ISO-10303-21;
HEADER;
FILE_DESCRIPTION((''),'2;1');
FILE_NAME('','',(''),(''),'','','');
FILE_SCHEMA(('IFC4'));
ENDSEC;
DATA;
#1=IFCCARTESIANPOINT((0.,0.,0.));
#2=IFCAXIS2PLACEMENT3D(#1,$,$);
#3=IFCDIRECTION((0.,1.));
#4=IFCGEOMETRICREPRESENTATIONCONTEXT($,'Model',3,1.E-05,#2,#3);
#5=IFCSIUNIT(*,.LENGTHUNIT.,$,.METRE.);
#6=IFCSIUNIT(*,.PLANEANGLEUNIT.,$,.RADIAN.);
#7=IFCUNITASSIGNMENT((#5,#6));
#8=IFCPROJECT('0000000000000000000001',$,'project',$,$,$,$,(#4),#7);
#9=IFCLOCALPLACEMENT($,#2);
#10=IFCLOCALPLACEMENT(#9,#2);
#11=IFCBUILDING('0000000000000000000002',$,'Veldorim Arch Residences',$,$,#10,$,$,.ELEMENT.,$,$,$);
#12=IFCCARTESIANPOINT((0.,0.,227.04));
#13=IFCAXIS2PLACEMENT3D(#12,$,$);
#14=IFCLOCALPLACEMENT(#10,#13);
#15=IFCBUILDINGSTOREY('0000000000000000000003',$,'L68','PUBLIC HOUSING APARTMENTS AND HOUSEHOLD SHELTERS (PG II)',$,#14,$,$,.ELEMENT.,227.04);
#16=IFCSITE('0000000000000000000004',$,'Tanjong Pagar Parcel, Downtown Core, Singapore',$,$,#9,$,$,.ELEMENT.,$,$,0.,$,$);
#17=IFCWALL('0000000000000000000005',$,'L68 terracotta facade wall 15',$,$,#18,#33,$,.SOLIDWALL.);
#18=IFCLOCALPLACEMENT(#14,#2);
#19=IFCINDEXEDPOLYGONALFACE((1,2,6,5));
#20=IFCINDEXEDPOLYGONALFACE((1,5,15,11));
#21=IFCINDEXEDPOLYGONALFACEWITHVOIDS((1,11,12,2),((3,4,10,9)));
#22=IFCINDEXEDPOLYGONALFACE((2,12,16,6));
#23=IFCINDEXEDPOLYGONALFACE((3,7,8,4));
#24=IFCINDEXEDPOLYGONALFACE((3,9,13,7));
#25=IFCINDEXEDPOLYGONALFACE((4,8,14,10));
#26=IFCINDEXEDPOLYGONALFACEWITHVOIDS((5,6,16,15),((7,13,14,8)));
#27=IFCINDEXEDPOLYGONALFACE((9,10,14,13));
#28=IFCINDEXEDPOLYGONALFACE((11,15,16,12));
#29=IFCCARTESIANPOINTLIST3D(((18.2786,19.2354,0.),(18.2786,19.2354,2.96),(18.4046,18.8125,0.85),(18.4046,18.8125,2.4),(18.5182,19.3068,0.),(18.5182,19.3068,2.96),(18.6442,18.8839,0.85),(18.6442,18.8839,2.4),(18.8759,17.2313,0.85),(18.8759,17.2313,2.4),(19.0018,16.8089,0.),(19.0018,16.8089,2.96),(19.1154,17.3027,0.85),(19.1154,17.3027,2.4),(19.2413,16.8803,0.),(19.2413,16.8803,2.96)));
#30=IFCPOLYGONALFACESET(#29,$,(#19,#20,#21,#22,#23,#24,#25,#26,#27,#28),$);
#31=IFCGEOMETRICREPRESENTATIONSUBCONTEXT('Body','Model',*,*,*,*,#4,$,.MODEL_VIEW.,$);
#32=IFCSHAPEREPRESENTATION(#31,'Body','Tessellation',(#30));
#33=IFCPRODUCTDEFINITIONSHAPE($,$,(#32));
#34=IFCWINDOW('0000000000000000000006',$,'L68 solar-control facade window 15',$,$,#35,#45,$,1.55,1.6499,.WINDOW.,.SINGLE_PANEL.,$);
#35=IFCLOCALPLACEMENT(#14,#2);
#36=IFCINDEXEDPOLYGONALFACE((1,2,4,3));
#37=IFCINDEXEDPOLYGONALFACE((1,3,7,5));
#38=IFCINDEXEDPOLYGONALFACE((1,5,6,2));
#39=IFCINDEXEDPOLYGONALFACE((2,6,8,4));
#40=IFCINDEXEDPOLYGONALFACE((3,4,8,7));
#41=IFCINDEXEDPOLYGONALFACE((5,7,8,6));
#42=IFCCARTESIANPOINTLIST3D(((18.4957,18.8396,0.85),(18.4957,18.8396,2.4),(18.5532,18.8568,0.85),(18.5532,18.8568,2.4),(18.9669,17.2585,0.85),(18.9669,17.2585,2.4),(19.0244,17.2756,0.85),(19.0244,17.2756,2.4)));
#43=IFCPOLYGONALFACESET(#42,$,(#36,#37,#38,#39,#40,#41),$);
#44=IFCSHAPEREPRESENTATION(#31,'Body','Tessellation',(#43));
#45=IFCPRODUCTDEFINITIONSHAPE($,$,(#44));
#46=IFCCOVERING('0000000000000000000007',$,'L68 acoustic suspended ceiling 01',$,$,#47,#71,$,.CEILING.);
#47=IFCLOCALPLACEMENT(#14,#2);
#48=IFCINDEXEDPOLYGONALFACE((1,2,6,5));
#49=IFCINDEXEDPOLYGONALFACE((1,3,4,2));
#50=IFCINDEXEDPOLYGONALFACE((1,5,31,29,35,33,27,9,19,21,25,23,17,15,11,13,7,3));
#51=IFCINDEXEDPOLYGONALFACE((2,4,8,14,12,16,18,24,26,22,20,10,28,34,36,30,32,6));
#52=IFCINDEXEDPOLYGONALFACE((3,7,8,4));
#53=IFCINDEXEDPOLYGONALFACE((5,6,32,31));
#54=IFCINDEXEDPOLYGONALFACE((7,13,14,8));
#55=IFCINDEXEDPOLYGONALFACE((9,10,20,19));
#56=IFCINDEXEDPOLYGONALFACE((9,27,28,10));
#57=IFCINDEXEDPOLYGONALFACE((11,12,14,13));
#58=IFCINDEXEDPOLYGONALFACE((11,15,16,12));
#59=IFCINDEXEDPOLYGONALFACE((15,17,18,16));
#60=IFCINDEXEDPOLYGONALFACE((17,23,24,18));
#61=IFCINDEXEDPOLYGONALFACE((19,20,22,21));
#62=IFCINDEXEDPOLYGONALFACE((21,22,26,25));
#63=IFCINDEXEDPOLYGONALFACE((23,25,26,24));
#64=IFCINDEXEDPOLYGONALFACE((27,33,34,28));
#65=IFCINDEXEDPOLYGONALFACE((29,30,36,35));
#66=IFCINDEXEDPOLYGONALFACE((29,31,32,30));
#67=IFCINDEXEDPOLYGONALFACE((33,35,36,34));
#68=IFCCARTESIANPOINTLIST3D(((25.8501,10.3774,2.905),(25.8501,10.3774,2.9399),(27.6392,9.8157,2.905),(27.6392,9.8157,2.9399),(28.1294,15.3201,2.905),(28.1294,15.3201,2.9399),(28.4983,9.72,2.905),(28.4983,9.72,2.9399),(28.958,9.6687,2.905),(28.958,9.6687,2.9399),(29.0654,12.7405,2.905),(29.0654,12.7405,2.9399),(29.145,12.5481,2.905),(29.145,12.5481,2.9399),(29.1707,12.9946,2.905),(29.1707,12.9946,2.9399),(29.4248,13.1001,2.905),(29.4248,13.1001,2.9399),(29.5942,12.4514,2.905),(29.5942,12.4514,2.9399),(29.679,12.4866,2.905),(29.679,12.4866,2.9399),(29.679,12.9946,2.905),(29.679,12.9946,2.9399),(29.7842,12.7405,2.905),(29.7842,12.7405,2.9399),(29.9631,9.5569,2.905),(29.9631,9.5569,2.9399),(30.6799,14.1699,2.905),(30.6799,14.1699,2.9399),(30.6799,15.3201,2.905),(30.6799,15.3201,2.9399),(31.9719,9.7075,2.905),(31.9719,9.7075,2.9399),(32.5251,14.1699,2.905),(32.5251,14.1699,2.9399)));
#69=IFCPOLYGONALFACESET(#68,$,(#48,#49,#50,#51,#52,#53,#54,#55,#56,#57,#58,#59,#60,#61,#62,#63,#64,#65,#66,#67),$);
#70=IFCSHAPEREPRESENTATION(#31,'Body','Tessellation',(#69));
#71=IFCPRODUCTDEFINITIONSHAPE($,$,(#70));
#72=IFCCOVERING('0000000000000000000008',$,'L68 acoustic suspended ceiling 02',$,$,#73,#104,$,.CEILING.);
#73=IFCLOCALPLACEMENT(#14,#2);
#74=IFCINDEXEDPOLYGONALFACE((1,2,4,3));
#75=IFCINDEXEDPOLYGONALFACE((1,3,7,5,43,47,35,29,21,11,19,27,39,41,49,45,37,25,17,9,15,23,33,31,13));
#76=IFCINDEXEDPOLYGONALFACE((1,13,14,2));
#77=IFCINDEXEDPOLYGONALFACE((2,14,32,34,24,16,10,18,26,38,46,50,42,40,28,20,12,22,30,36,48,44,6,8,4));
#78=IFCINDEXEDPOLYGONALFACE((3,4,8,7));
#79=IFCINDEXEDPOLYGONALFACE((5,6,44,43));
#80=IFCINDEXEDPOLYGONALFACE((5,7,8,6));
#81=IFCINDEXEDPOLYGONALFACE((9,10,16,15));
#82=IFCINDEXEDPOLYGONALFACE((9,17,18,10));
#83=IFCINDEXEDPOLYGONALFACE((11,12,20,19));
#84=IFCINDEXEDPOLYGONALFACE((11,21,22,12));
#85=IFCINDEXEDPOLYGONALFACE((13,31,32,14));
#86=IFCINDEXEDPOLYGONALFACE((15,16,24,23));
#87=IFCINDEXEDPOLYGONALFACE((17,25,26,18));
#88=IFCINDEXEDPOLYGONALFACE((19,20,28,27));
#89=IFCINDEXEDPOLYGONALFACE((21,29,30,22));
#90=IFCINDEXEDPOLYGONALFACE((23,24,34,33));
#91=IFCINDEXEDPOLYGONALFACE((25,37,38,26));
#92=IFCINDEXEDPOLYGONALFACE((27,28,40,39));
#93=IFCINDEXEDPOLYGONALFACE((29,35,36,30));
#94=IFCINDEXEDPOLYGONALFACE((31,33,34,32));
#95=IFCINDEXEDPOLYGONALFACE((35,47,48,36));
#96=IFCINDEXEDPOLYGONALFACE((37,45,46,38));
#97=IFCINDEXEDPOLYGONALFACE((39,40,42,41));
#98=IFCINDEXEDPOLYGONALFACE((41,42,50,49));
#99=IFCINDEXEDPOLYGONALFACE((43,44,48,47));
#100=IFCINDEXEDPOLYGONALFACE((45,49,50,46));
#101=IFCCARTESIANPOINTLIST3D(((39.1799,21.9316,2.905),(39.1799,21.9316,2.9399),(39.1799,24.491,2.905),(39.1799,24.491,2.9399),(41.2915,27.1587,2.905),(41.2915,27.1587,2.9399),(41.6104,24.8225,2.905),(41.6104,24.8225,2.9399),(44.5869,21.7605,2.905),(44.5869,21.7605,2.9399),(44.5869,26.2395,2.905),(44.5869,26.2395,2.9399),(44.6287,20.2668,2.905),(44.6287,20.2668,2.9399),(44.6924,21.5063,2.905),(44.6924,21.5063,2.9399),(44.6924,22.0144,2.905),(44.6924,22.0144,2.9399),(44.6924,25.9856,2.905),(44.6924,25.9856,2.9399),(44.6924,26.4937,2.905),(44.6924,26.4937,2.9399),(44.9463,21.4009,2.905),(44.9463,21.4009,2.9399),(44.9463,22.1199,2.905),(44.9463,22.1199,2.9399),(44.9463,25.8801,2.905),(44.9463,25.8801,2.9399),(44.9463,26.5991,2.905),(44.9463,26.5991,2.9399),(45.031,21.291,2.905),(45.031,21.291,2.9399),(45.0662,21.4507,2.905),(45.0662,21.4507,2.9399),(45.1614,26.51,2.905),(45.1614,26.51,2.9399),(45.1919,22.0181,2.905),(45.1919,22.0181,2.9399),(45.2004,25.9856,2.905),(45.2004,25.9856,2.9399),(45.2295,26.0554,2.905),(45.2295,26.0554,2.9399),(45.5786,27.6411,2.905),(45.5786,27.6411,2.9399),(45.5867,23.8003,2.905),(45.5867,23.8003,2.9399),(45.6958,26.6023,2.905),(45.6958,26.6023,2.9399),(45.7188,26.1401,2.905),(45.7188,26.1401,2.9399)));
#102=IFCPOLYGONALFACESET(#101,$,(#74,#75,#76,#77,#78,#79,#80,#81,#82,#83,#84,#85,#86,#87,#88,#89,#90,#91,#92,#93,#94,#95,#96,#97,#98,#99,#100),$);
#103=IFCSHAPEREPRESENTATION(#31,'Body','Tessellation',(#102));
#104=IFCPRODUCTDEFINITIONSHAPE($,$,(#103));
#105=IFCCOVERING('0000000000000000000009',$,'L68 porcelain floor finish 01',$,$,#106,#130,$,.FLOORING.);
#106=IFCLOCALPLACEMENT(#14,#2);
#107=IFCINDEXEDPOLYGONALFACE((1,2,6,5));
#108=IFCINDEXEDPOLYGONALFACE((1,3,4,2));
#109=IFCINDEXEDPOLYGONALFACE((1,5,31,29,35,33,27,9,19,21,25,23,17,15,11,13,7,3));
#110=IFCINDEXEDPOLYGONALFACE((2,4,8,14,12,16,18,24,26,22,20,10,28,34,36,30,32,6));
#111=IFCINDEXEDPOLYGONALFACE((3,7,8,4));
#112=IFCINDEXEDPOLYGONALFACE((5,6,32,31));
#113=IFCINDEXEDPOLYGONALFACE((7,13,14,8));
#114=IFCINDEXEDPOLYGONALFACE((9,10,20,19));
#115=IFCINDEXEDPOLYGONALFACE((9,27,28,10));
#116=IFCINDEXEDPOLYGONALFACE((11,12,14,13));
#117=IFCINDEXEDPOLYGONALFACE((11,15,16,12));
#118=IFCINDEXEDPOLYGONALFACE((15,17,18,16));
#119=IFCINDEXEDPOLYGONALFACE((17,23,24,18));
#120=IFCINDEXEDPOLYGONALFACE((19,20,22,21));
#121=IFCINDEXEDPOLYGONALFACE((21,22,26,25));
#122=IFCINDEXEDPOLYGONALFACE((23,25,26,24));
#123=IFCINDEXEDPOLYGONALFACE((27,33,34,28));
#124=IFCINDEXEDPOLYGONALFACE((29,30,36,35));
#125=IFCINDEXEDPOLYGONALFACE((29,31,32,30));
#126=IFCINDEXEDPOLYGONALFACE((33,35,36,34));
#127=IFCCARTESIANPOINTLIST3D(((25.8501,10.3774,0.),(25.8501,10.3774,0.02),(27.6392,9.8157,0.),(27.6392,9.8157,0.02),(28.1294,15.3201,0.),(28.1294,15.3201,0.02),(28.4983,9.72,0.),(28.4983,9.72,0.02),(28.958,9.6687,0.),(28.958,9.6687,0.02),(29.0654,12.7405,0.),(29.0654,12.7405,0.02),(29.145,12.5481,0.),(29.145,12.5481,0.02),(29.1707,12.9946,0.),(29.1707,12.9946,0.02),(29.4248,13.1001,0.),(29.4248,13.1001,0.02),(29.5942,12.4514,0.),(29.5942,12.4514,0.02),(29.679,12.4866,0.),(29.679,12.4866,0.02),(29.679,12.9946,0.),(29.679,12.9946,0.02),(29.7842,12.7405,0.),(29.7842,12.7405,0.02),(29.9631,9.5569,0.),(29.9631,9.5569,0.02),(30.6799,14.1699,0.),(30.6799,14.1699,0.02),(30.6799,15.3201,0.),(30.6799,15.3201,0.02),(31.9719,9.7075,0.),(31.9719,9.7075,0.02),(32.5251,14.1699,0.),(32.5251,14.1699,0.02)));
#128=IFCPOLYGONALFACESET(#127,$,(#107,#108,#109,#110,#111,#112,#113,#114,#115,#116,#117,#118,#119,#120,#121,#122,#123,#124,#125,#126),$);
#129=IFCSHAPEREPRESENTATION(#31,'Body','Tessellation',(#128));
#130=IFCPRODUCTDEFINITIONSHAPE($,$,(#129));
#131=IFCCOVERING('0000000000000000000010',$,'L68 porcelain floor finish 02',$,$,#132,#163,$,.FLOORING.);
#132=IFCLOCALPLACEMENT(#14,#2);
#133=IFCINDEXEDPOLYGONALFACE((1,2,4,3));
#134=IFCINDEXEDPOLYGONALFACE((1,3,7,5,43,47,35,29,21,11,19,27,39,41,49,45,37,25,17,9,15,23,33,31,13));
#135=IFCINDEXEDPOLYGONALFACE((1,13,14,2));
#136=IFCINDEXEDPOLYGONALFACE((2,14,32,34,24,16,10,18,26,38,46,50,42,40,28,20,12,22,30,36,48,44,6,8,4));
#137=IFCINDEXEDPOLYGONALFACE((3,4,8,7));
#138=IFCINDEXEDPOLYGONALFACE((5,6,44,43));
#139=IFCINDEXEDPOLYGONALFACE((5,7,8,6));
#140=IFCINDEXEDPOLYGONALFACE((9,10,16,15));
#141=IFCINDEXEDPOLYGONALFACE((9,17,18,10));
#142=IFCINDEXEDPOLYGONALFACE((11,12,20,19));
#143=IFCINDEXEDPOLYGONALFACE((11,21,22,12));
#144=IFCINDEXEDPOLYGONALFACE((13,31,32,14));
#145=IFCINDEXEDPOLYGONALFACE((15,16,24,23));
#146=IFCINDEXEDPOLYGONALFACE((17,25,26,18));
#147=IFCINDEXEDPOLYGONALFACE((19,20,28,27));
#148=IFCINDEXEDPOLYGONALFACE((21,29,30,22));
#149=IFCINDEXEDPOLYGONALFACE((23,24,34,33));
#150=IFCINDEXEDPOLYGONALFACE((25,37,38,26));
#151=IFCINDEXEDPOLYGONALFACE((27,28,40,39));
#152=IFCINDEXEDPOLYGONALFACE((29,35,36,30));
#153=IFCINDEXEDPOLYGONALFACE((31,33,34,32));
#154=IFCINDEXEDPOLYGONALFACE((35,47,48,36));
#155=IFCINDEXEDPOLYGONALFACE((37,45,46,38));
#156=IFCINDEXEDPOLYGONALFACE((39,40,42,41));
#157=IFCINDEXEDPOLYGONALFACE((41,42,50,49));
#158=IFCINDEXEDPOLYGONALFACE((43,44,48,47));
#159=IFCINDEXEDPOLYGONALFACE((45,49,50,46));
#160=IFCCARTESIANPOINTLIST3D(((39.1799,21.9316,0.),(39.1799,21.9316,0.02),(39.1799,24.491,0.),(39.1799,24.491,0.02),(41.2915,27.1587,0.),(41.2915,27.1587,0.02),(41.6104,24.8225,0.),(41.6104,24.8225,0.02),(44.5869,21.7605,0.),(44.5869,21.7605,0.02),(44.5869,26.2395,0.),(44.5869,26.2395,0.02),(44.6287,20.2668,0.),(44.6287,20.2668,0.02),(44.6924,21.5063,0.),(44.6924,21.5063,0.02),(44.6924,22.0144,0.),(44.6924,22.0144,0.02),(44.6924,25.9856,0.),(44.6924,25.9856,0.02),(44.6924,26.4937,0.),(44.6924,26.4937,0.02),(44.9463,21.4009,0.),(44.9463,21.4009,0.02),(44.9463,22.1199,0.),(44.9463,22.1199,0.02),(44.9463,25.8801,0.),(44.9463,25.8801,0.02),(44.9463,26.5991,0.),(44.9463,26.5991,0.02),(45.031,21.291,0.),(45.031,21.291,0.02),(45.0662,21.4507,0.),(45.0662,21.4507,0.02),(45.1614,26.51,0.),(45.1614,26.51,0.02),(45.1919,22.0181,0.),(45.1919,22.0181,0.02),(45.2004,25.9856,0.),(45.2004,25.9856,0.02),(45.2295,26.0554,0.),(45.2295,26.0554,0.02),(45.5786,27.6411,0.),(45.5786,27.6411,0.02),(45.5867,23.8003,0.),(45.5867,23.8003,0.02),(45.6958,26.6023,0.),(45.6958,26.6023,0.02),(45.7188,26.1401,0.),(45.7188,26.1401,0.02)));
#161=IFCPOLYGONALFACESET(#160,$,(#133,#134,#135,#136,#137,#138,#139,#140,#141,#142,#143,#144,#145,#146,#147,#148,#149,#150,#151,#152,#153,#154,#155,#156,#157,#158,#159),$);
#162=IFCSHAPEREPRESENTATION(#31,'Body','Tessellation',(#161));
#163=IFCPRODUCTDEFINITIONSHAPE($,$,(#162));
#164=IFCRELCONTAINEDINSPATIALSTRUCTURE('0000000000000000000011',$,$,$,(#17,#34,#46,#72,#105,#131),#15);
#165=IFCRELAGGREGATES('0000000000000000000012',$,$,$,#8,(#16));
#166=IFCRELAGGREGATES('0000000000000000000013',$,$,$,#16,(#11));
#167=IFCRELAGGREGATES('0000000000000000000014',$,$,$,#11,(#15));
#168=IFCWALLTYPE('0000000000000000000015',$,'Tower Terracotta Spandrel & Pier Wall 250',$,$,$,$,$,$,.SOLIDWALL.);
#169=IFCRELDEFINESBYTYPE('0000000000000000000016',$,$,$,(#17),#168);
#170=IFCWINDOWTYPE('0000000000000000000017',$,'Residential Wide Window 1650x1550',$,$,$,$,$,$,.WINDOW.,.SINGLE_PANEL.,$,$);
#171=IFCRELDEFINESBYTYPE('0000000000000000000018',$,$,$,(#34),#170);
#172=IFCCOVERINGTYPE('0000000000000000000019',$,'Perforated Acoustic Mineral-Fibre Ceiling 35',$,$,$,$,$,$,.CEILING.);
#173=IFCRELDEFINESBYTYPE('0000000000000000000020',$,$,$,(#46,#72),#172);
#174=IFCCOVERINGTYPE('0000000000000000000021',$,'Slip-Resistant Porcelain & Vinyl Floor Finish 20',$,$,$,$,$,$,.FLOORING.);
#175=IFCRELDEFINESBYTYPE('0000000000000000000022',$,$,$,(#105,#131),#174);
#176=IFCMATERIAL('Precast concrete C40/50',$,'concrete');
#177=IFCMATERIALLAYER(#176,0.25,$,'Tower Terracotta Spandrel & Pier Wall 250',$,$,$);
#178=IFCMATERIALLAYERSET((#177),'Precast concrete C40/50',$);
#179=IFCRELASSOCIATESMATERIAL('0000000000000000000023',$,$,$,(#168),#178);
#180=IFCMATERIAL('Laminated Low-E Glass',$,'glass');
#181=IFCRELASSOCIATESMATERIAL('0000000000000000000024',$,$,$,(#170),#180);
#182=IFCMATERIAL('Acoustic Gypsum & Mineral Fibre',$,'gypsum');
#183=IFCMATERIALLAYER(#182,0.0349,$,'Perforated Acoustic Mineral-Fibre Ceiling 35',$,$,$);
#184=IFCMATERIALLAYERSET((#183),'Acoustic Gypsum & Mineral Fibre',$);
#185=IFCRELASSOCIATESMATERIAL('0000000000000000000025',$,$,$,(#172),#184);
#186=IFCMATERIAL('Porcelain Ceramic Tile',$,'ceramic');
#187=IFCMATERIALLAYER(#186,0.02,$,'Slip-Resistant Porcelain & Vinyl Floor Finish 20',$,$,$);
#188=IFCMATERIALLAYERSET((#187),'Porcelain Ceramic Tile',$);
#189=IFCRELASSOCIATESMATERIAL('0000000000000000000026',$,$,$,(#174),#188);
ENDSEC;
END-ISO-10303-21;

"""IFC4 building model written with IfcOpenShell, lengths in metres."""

from ifc_helpers import new_model, si_unit, direction, frame, frame_2d, origin, place, context, subcontext, project, spatial, polyline, rectangle, outline, extrude, material, layer, layer_set, type_object, element, fill, save


model = new_model("IFC4")

# Units and contexts
model_context = context("Model", 3, precision=1e-05, world=origin(), true_north=direction((0.0, 1.0)))
body_context = subcontext(model_context, "Body", "Model", "MODEL_VIEW")
ifc_project = project(units=[si_unit("LENGTHUNIT", "METRE"), si_unit("PLANEANGLEUNIT", "RADIAN")], contexts=[model_context])

# Site, building, storey
site_placement = place(None, origin())
site = spatial("IfcSite", under=ifc_project, at=site_placement, Name="Tanjong Pagar Parcel, Downtown Core, Singapore", CompositionType="ELEMENT", RefElevation=0.0)
building_placement = place(site_placement, origin())
building = spatial("IfcBuilding", under=site, at=building_placement, Name="Veldorim Arch Residences", CompositionType="ELEMENT")
storey_placement = place(building_placement, frame((0.0, 0.0, 227.04)))
storey = spatial("IfcBuildingStorey", under=building, at=storey_placement, Name="L68", Description="PUBLIC HOUSING APARTMENTS AND HOUSEHOLD SHELTERS (PG II)", CompositionType="ELEMENT", Elevation=227.04)

# Shared definitions
ifc_material_1 = material(Name="Precast concrete C40/50", Category="concrete")
ifc_layer_1 = layer(ifc_material_1, 0.25, Name="Tower Terracotta Spandrel & Pier Wall 250")
ifc_layer_set_1 = layer_set([ifc_layer_1], Name="Precast concrete C40/50")
wall_type = type_object("IfcWallType", Name="Tower Terracotta Spandrel & Pier Wall 250", PredefinedType="SOLIDWALL", material=ifc_layer_set_1)

# Wall, opening, window
wall_1_placement = place(storey_placement, frame((19.1216, 16.8445, 0.0), z_axis=(0.0, 0.0, 1.0), x_axis=(-0.285605, 0.958348, 0.0)))
wall_1 = element("IfcWall", 1, at=wall_1_placement, inside=storey, type_object=wall_type, Name="L68 terracotta facade wall 15", PredefinedType="SOLIDWALL", context=body_context, shape_type="SweptSolid", body=[
    extrude(rectangle(XDim=2.532, YDim=0.25, at=frame_2d((1.2661, 0.0))), origin(), (0.0, 0.0, 1.0), 2.96),
])
opening_placement = place(wall_1_placement, frame((0.4409, 0.0, 0.8501)))
opening = element("IfcOpeningElement", 2, at=opening_placement, cuts=wall_1, PredefinedType="OPENING", context=body_context, shape_type="SweptSolid", body=[
    extrude(rectangle(XDim=1.6499, YDim=1.55, at=frame_2d((0.825, 0.7749))), frame((0.0, 0.135, 0.0), z_axis=(0.0, -1.0, 0.0), x_axis=(1.0, 0.0, 0.0)), (0.0, 0.0, 1.0), 0.27),
])
ifc_material_2 = material(Name="Laminated Low-E Glass", Category="glass")
window_type = type_object("IfcWindowType", Name="Residential Wide Window 1650x1550", PartitioningType="SINGLE_PANEL", PredefinedType="WINDOW", material=ifc_material_2)
window_placement = place(opening_placement, origin())
window = element("IfcWindow", 3, at=window_placement, inside=storey, type_object=window_type, Name="L68 solar-control facade window 15", OverallHeight=1.55, OverallWidth=1.6499, PartitioningType="SINGLE_PANEL", PredefinedType="WINDOW", context=body_context, shape_type="SweptSolid", body=[
    extrude(rectangle(XDim=1.6499, YDim=1.55, at=frame_2d((0.825, 0.7749))), frame((0.0, 0.03, 0.0), z_axis=(0.0, -1.0, 0.0), x_axis=(1.0, 0.0, 0.0)), (0.0, 0.0, 1.0), 0.0601),
])
fill(opening, window)

# Coverings
ifc_material_3 = material(Name="Acoustic Gypsum & Mineral Fibre", Category="gypsum")
ifc_layer_2 = layer(ifc_material_3, 0.0349, Name="Perforated Acoustic Mineral-Fibre Ceiling 35")
ifc_layer_set_2 = layer_set([ifc_layer_2], Name="Acoustic Gypsum & Mineral Fibre")
covering_type_1 = type_object("IfcCoveringType", Name="Perforated Acoustic Mineral-Fibre Ceiling 35", PredefinedType="CEILING", material=ifc_layer_set_2)
covering_1_placement = place(storey_placement, frame((0.0, 0.0, 2.905)))
element("IfcCovering", 4, at=covering_1_placement, inside=storey, type_object=covering_type_1, Name="L68 acoustic suspended ceiling 01", PredefinedType="CEILING", context=body_context, shape_type="SweptSolid", body=[
    extrude(outline(polyline([(29.5942, 12.4514), (29.679, 12.4866), (29.7842, 12.7405), (29.679, 12.9946), (29.4248, 13.1001), (29.1707, 12.9946), (29.0654, 12.7405), (29.145, 12.5481), (28.4983, 9.72), (27.6392, 9.8157), (25.8501, 10.3774), (28.1294, 15.3201), (30.6799, 15.3201), (30.6799, 14.1699), (32.5251, 14.1699), (31.9719, 9.7075), (29.9631, 9.5569), (28.958, 9.6687), (29.5942, 12.4514)])), origin(), (0.0, 0.0, 1.0), 0.0349),
])
covering_2_placement = place(storey_placement, frame((0.0, 0.0, 2.905)))
element("IfcCovering", 5, at=covering_2_placement, inside=storey, type_object=covering_type_1, Name="L68 acoustic suspended ceiling 02", PredefinedType="CEILING", context=body_context, shape_type="SweptSolid", body=[
    extrude(outline(polyline([(45.031, 21.291), (44.6287, 20.2668), (39.1799, 21.9316), (39.1799, 24.491), (41.6104, 24.8225), (41.2915, 27.1587), (45.5786, 27.6411), (45.6958, 26.6023), (45.1614, 26.51), (44.9463, 26.5991), (44.6924, 26.4937), (44.5869, 26.2395), (44.6924, 25.9856), (44.9463, 25.8801), (45.2004, 25.9856), (45.2295, 26.0554), (45.7188, 26.1401), (45.5867, 23.8003), (45.1919, 22.0181), (44.9463, 22.1199), (44.6924, 22.0144), (44.5869, 21.7605), (44.6924, 21.5063), (44.9463, 21.4009), (45.0662, 21.4507), (45.031, 21.291)])), origin(), (0.0, 0.0, 1.0), 0.0349),
])
ifc_material_4 = material(Name="Porcelain Ceramic Tile", Category="ceramic")
ifc_layer_3 = layer(ifc_material_4, 0.02, Name="Slip-Resistant Porcelain & Vinyl Floor Finish 20")
ifc_layer_set_3 = layer_set([ifc_layer_3], Name="Porcelain Ceramic Tile")
covering_type_2 = type_object("IfcCoveringType", Name="Slip-Resistant Porcelain & Vinyl Floor Finish 20", PredefinedType="FLOORING", material=ifc_layer_set_3)
covering_3_placement = place(storey_placement, origin())
element("IfcCovering", 6, at=covering_3_placement, inside=storey, type_object=covering_type_2, Name="L68 porcelain floor finish 01", PredefinedType="FLOORING", context=body_context, shape_type="SweptSolid", body=[
    extrude(outline(polyline([(29.5942, 12.4514), (29.679, 12.4866), (29.7842, 12.7405), (29.679, 12.9946), (29.4248, 13.1001), (29.1707, 12.9946), (29.0654, 12.7405), (29.145, 12.5481), (28.4983, 9.72), (27.6392, 9.8157), (25.8501, 10.3774), (28.1294, 15.3201), (30.6799, 15.3201), (30.6799, 14.1699), (32.5251, 14.1699), (31.9719, 9.7075), (29.9631, 9.5569), (28.958, 9.6687), (29.5942, 12.4514)])), origin(), (0.0, 0.0, 1.0), 0.02),
])
covering_4_placement = place(storey_placement, origin())
element("IfcCovering", 7, at=covering_4_placement, inside=storey, type_object=covering_type_2, Name="L68 porcelain floor finish 02", PredefinedType="FLOORING", context=body_context, shape_type="SweptSolid", body=[
    extrude(outline(polyline([(45.031, 21.291), (44.6287, 20.2668), (39.1799, 21.9316), (39.1799, 24.491), (41.6104, 24.8225), (41.2915, 27.1587), (45.5786, 27.6411), (45.6958, 26.6023), (45.1614, 26.51), (44.9463, 26.5991), (44.6924, 26.4937), (44.5869, 26.2395), (44.6924, 25.9856), (44.9463, 25.8801), (45.2004, 25.9856), (45.2295, 26.0554), (45.7188, 26.1401), (45.5867, 23.8003), (45.1919, 22.0181), (44.9463, 22.1199), (44.6924, 22.0144), (44.5869, 21.7605), (44.6924, 21.5063), (44.9463, 21.4009), (45.0662, 21.4507), (45.031, 21.291)])), origin(), (0.0, 0.0, 1.0), 0.02),
])

save(model, "model.ifc")
